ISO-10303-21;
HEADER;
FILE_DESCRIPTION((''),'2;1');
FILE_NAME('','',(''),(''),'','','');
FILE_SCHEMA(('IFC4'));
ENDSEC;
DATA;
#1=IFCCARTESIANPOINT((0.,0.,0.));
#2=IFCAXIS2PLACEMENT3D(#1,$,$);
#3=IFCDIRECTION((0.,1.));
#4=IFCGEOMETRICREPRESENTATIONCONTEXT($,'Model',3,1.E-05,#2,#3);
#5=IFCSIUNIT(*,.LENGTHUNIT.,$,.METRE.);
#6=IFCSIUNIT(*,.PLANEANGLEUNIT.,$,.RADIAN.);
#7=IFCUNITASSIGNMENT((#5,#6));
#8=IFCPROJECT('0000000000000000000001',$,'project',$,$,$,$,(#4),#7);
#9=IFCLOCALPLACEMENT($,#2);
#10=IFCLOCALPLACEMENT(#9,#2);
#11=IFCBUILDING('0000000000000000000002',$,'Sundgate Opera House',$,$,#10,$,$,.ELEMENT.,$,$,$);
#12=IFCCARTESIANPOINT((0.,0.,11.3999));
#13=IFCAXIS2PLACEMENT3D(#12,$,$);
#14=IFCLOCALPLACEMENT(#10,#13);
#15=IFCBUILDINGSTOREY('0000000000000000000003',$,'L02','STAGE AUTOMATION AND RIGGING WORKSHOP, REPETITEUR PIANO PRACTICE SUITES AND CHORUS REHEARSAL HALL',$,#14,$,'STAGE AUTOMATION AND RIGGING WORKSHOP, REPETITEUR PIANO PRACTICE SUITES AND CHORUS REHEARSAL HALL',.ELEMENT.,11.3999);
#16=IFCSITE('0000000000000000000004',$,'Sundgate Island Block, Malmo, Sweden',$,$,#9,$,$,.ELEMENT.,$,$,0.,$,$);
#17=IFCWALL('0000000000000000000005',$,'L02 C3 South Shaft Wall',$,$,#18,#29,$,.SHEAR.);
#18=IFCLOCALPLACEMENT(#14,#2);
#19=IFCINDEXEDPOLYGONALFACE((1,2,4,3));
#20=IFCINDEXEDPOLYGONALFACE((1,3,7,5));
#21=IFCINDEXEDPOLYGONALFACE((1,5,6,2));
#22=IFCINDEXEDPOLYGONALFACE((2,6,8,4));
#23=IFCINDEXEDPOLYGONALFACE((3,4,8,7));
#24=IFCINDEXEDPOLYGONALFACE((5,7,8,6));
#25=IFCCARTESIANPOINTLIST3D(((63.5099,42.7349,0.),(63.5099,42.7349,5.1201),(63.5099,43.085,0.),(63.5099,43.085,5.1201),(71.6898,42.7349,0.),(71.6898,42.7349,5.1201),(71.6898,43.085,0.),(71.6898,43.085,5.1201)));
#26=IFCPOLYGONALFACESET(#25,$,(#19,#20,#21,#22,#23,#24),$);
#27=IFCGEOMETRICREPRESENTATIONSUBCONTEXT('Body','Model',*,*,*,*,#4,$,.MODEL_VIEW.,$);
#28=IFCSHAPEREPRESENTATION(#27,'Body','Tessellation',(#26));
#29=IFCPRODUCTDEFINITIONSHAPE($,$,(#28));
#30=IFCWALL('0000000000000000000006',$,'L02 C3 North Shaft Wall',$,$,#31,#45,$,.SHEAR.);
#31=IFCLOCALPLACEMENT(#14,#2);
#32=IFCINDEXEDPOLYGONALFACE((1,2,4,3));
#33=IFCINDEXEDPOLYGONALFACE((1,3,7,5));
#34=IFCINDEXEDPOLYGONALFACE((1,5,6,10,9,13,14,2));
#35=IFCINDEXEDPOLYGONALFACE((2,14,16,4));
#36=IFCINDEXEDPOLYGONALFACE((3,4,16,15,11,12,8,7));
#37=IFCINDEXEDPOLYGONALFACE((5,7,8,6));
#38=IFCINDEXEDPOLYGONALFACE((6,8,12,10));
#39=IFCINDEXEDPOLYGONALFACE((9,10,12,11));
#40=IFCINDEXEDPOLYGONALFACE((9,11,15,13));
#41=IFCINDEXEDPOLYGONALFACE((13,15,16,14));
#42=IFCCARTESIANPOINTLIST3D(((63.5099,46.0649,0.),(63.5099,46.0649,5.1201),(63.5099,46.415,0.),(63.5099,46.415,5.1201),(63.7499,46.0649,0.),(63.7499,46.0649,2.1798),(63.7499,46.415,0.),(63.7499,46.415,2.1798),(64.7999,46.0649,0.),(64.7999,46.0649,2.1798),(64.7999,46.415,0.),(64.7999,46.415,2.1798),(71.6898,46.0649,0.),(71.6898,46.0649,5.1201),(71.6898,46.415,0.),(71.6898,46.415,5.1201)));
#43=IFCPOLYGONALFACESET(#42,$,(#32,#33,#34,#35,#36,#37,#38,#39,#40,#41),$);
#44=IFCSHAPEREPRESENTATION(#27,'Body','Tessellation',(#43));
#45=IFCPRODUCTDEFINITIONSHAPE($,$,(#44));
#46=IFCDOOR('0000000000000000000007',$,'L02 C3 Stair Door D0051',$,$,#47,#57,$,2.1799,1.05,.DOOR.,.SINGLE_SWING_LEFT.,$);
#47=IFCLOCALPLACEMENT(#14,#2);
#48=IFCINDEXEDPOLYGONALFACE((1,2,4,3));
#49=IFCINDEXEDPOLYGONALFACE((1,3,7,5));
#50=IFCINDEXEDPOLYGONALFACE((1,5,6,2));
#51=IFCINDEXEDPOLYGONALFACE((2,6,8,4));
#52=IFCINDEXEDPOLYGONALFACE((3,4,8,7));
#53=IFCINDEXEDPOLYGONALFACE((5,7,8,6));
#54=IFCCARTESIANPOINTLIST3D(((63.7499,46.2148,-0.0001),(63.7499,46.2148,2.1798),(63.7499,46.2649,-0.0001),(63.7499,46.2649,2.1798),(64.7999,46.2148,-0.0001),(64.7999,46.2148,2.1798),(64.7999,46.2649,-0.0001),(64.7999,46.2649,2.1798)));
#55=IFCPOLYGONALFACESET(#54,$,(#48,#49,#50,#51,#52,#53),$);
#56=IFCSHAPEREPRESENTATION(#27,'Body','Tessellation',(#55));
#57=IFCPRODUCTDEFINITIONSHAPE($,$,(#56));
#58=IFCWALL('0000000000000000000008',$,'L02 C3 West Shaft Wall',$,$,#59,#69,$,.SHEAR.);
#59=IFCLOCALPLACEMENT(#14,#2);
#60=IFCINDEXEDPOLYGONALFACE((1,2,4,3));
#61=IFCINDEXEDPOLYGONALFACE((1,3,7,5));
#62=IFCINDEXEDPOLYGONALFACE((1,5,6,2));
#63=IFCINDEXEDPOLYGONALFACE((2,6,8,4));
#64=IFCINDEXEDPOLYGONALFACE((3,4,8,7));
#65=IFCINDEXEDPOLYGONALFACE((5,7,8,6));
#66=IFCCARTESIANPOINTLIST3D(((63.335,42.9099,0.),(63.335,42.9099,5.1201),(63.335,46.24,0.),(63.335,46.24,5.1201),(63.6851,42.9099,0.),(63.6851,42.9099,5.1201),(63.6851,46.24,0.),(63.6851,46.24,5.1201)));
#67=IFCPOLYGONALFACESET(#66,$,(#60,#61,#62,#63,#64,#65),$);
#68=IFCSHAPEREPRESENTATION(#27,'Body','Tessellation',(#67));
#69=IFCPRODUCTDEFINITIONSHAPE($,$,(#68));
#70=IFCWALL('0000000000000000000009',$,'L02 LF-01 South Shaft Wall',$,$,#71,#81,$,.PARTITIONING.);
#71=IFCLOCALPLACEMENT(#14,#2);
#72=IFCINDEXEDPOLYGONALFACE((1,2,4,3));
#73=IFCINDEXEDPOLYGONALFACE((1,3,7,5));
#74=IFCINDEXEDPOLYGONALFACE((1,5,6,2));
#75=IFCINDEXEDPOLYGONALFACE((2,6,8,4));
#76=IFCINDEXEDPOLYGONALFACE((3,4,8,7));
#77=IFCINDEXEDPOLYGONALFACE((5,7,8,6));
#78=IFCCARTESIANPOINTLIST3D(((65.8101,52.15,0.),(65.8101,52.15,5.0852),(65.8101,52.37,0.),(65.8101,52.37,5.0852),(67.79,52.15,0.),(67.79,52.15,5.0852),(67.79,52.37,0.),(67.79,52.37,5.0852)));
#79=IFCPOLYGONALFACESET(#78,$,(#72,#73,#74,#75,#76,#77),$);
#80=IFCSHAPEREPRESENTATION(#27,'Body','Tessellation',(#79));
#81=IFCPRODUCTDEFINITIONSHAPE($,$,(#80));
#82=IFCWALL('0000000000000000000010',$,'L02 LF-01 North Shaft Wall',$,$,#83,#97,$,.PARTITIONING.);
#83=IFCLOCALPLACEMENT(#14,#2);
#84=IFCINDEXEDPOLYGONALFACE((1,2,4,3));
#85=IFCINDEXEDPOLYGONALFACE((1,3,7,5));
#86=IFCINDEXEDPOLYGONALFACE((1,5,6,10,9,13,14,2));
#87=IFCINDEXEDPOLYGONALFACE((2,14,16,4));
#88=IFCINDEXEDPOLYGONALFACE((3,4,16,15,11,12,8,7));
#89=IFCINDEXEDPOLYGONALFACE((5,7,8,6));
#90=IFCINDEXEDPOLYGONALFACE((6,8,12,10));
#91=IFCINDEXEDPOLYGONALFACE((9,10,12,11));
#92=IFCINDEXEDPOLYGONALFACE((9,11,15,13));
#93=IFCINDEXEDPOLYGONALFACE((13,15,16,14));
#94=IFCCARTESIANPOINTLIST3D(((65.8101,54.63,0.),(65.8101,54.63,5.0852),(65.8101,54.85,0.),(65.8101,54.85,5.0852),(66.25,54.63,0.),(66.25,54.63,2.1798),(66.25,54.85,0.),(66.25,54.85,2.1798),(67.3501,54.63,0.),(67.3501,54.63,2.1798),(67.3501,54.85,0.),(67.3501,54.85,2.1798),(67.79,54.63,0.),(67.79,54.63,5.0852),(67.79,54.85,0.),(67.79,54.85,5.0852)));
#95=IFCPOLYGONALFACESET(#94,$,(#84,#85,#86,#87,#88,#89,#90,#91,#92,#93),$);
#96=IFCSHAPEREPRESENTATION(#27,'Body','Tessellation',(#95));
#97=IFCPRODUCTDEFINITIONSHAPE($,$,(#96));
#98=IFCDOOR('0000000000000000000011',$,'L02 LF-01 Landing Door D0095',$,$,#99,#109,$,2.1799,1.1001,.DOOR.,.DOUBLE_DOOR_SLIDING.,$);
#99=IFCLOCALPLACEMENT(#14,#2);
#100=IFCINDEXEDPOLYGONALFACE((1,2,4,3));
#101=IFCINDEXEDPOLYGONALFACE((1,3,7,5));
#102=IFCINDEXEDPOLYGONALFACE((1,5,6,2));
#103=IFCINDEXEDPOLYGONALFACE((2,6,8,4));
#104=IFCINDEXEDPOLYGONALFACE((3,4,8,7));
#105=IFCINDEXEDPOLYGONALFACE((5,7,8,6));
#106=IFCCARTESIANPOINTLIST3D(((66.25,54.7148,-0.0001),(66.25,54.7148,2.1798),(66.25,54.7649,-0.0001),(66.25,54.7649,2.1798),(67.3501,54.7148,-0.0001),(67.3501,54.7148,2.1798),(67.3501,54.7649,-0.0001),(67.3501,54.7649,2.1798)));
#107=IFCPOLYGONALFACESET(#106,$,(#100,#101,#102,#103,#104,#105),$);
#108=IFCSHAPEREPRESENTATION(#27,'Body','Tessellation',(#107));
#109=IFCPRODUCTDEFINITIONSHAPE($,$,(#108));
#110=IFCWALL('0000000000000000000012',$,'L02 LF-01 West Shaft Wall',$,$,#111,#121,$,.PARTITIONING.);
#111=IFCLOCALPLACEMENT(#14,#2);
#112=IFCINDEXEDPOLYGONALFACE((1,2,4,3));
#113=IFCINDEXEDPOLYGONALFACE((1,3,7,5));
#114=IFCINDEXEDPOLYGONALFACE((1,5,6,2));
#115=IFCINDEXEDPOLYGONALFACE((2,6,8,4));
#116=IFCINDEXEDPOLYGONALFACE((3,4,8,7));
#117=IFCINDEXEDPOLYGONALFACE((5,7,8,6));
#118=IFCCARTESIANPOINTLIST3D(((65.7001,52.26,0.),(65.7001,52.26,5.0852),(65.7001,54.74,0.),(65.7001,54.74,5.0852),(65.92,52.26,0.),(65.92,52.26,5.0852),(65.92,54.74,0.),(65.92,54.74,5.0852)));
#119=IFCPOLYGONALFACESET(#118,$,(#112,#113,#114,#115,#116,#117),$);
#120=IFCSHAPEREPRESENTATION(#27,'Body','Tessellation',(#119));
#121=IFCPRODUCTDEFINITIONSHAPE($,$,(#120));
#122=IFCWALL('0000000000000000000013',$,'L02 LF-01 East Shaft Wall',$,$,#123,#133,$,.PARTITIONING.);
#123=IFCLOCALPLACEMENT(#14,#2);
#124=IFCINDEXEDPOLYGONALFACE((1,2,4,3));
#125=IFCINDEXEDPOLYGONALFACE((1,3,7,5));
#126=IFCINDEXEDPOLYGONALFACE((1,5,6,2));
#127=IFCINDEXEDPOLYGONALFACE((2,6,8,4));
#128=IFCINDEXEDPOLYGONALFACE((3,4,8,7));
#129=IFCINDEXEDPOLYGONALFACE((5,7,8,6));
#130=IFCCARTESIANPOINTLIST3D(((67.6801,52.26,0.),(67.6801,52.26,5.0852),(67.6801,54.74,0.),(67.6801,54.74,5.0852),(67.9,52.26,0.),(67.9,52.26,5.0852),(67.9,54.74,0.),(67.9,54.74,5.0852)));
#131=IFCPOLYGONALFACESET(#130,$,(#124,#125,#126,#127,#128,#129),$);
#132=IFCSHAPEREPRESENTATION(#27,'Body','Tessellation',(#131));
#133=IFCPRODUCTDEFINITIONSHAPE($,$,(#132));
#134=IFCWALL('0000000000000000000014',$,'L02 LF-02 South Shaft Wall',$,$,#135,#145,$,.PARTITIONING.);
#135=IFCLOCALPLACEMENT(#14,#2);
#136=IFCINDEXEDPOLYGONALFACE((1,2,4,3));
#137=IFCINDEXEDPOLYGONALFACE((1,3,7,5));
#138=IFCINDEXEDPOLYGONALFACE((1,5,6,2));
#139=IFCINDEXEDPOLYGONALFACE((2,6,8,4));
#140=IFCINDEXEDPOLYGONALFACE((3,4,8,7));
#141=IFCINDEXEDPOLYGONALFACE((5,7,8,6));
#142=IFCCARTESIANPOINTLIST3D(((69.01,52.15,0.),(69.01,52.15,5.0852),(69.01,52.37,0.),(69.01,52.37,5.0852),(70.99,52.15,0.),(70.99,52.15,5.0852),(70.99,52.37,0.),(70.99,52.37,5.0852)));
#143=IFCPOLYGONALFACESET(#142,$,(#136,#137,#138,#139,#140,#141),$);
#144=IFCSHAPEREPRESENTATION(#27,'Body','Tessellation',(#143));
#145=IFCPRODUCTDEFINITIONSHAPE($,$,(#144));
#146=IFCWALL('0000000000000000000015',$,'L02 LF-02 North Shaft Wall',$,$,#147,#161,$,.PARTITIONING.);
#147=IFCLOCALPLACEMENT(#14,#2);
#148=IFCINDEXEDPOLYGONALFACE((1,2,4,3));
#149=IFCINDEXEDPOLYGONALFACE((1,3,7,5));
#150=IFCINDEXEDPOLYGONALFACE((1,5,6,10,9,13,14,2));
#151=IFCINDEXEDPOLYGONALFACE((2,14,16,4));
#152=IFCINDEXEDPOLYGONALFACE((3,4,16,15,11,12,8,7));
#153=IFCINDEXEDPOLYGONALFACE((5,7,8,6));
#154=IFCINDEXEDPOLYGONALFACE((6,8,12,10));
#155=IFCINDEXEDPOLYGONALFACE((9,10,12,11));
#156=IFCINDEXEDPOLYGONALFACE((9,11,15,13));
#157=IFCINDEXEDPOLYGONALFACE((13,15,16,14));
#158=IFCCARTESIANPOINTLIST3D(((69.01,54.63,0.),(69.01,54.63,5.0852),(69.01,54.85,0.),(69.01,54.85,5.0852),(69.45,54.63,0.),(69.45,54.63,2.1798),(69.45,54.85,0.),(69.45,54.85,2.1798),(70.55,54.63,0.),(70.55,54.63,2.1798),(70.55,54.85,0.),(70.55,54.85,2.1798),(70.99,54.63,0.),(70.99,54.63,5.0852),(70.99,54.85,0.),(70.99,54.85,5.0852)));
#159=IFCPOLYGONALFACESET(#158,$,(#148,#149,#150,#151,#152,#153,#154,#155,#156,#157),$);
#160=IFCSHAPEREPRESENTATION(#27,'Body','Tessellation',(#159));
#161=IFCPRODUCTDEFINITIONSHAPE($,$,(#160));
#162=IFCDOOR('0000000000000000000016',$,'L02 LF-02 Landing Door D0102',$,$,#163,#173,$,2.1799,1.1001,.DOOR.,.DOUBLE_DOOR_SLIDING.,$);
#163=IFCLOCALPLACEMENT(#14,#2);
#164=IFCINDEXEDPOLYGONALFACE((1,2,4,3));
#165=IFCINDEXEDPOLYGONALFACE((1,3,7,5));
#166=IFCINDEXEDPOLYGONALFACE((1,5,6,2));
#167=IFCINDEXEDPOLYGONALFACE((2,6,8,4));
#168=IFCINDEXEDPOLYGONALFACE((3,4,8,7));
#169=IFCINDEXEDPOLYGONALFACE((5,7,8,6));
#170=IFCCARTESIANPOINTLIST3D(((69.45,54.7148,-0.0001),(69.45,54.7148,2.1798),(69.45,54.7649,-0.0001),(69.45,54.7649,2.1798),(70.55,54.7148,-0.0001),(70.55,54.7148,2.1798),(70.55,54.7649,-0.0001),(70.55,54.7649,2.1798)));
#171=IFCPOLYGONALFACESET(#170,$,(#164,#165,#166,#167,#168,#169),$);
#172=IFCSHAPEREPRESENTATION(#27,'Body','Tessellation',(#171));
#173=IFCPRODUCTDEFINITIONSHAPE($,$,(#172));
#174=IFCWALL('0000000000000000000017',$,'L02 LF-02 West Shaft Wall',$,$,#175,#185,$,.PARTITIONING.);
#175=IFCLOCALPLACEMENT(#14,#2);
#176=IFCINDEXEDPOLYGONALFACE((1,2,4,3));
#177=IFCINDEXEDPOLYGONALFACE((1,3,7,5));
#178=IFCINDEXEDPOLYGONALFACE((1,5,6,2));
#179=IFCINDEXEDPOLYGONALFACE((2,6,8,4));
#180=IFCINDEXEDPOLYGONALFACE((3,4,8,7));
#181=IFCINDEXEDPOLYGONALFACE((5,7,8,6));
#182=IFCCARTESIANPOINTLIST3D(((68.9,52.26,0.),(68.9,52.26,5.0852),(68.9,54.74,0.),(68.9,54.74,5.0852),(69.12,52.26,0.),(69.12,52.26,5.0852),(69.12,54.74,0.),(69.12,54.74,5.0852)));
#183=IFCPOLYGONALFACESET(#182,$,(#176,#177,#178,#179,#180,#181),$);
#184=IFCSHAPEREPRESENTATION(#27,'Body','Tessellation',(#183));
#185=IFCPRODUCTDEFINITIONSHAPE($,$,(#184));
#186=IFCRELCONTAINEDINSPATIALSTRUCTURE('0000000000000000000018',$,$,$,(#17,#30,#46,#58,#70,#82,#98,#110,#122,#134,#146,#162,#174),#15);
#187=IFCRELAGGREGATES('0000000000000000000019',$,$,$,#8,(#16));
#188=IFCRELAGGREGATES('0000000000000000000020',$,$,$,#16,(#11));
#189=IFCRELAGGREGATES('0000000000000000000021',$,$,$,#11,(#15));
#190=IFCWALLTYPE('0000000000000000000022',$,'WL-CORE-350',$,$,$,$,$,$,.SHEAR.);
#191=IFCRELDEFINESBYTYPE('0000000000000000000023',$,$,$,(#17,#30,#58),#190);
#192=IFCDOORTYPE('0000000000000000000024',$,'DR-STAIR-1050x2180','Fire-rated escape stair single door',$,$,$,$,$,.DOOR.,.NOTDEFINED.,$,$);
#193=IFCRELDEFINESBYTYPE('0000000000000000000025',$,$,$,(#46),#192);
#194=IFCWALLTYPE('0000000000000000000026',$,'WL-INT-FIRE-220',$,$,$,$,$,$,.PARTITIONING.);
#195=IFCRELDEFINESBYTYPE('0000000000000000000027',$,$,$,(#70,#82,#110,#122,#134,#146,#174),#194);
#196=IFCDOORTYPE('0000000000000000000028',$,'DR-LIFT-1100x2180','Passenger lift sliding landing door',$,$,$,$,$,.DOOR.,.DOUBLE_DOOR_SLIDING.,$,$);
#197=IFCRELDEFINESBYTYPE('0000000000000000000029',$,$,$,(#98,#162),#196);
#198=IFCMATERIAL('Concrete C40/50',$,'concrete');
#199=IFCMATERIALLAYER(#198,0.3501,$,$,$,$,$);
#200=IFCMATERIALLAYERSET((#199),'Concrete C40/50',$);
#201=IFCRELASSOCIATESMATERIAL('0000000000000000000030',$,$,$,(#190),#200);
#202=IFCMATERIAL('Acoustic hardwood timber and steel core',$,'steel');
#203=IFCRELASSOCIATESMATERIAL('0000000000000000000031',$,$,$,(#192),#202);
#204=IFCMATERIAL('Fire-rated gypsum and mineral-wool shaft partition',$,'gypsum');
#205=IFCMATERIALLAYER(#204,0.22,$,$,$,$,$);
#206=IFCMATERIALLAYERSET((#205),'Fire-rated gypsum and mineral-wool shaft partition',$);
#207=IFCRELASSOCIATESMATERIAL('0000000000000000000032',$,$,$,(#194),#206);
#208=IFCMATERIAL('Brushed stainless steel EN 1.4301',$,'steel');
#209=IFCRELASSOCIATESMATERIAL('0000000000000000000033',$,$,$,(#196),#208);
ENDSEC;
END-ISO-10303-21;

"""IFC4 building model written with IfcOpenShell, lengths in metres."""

from ifc_helpers import new_model, si_unit, direction, frame, frame_2d, origin, place, context, subcontext, project, spatial, rectangle, extrude, material, layer, layer_set, type_object, element, fill, save


model = new_model("IFC4")

# Units and contexts
model_context = context("Model", 3, precision=1e-05, world=origin(), true_north=direction((0.0, 1.0)))
body_context = subcontext(model_context, "Body", "Model", "MODEL_VIEW")
ifc_project = project(units=[si_unit("LENGTHUNIT", "METRE"), si_unit("PLANEANGLEUNIT", "RADIAN")], contexts=[model_context])

# Site, building, storey
site_placement = place(None, origin())
site = spatial("IfcSite", under=ifc_project, at=site_placement, Name="Sundgate Island Block, Malmo, Sweden", CompositionType="ELEMENT", RefElevation=0.0)
building_placement = place(site_placement, origin())
building = spatial("IfcBuilding", under=site, at=building_placement, Name="Sundgate Opera House", CompositionType="ELEMENT")
storey_placement = place(building_placement, frame((0.0, 0.0, 11.3999)))
storey = spatial("IfcBuildingStorey", under=building, at=storey_placement, Name="L02", Description="STAGE AUTOMATION AND RIGGING WORKSHOP, REPETITEUR PIANO PRACTICE SUITES AND CHORUS REHEARSAL HALL", LongName="STAGE AUTOMATION AND RIGGING WORKSHOP, REPETITEUR PIANO PRACTICE SUITES AND CHORUS REHEARSAL HALL", CompositionType="ELEMENT", Elevation=11.3999)

# Wall
ifc_material_1 = material(Name="Concrete C40/50", Category="concrete")
ifc_layer_1 = layer(ifc_material_1, 0.3501)
ifc_layer_set_1 = layer_set([ifc_layer_1], Name="Concrete C40/50")
wall_type_1 = type_object("IfcWallType", Name="WL-CORE-350", PredefinedType="SHEAR", material=ifc_layer_set_1)
wall_1_placement = place(storey_placement, frame((63.51, 42.9099, 0.0), z_axis=(0.0, 0.0, 1.0), x_axis=(1.0, 0.0, 0.0)))
element("IfcWall", 1, at=wall_1_placement, inside=storey, type_object=wall_type_1, Name="L02 C3 South Shaft Wall", PredefinedType="SHEAR", context=body_context, shape_type="SweptSolid", body=[
    extrude(rectangle(XDim=8.1799, YDim=0.3501, at=frame_2d((4.0898, 0.0))), origin(), (0.0, 0.0, 1.0), 5.1201),
])

# Wall, opening, door
wall_2_placement = place(storey_placement, frame((63.51, 46.24, 0.0), z_axis=(0.0, 0.0, 1.0), x_axis=(1.0, 0.0, 0.0)))
wall_2 = element("IfcWall", 2, at=wall_2_placement, inside=storey, type_object=wall_type_1, Name="L02 C3 North Shaft Wall", PredefinedType="SHEAR", context=body_context, shape_type="SweptSolid", body=[
    extrude(rectangle(XDim=8.1799, YDim=0.3501, at=frame_2d((4.0898, 0.0))), origin(), (0.0, 0.0, 1.0), 5.1201),
])
opening_1_placement = place(wall_2_placement, frame((0.24, 0.0, 0.0)))
opening_1 = element("IfcOpeningElement", 3, at=opening_1_placement, cuts=wall_2, PredefinedType="OPENING", context=body_context, shape_type="SweptSolid", body=[
    extrude(rectangle(XDim=1.05, YDim=2.1799, at=frame_2d((0.5249, 1.0898))), frame((0.0, 0.1851, 0.0), z_axis=(0.0, -1.0, 0.0), x_axis=(1.0, 0.0, 0.0)), (0.0, 0.0, 1.0), 0.3701),
])
ifc_material_2 = material(Name="Acoustic hardwood timber and steel core", Category="steel")
door_type_1 = type_object("IfcDoorType", Name="DR-STAIR-1050x2180", Description="Fire-rated escape stair single door", OperationType="NOTDEFINED", PredefinedType="DOOR", material=ifc_material_2)
door_1_placement = place(opening_1_placement, origin())
door_1 = element("IfcDoor", 4, at=door_1_placement, inside=storey, type_object=door_type_1, Name="L02 C3 Stair Door D0051", OperationType="SINGLE_SWING_LEFT", OverallHeight=2.1799, OverallWidth=1.05, PredefinedType="DOOR", context=body_context, shape_type="SweptSolid", body=[
    extrude(rectangle(XDim=1.05, YDim=2.1799, at=frame_2d((0.5249, 1.0898))), frame((0.0, 0.0249, 0.0), z_axis=(0.0, -1.0, 0.0), x_axis=(1.0, 0.0, 0.0)), (0.0, 0.0, 1.0), 0.05),
])
fill(opening_1, door_1)

# Walls
wall_3_placement = place(storey_placement, frame((63.51, 42.9099, 0.0), z_axis=(0.0, 0.0, 1.0), x_axis=(0.0, 1.0, 0.0)))
element("IfcWall", 5, at=wall_3_placement, inside=storey, type_object=wall_type_1, Name="L02 C3 West Shaft Wall", PredefinedType="SHEAR", context=body_context, shape_type="SweptSolid", body=[
    extrude(rectangle(XDim=3.3301, YDim=0.3501, at=frame_2d((1.665, 0.0))), origin(), (0.0, 0.0, 1.0), 5.1201),
])
ifc_material_3 = material(Name="Fire-rated gypsum and mineral-wool shaft partition", Category="gypsum")
ifc_layer_2 = layer(ifc_material_3, 0.22)
ifc_layer_set_2 = layer_set([ifc_layer_2], Name="Fire-rated gypsum and mineral-wool shaft partition")
wall_type_2 = type_object("IfcWallType", Name="WL-INT-FIRE-220", PredefinedType="PARTITIONING", material=ifc_layer_set_2)
wall_4_placement = place(storey_placement, frame((65.8101, 52.26, 0.0), z_axis=(0.0, 0.0, 1.0), x_axis=(1.0, 0.0, 0.0)))
element("IfcWall", 6, at=wall_4_placement, inside=storey, type_object=wall_type_2, Name="L02 LF-01 South Shaft Wall", PredefinedType="PARTITIONING", context=body_context, shape_type="SweptSolid", body=[
    extrude(rectangle(XDim=1.98, YDim=0.22, at=frame_2d((0.99, 0.0))), origin(), (0.0, 0.0, 1.0), 5.0852),
])

# Wall, opening, door
wall_5_placement = place(storey_placement, frame((65.8101, 54.74, 0.0), z_axis=(0.0, 0.0, 1.0), x_axis=(1.0, 0.0, 0.0)))
wall_5 = element("IfcWall", 7, at=wall_5_placement, inside=storey, type_object=wall_type_2, Name="L02 LF-01 North Shaft Wall", PredefinedType="PARTITIONING", context=body_context, shape_type="SweptSolid", body=[
    extrude(rectangle(XDim=1.98, YDim=0.22, at=frame_2d((0.99, 0.0))), origin(), (0.0, 0.0, 1.0), 5.0852),
])
opening_2_placement = place(wall_5_placement, frame((0.4399, 0.0, 0.0)))
opening_2 = element("IfcOpeningElement", 8, at=opening_2_placement, cuts=wall_5, PredefinedType="OPENING", context=body_context, shape_type="SweptSolid", body=[
    extrude(rectangle(XDim=1.1001, YDim=2.1799, at=frame_2d((0.55, 1.0898))), frame((0.0, 0.1199, 0.0), z_axis=(0.0, -1.0, 0.0), x_axis=(1.0, 0.0, 0.0)), (0.0, 0.0, 1.0), 0.24),
])
ifc_material_4 = material(Name="Brushed stainless steel EN 1.4301", Category="steel")
door_type_2 = type_object("IfcDoorType", Name="DR-LIFT-1100x2180", Description="Passenger lift sliding landing door", OperationType="DOUBLE_DOOR_SLIDING", PredefinedType="DOOR", material=ifc_material_4)
door_2_placement = place(opening_2_placement, origin())
door_2 = element("IfcDoor", 9, at=door_2_placement, inside=storey, type_object=door_type_2, Name="L02 LF-01 Landing Door D0095", OperationType="DOUBLE_DOOR_SLIDING", OverallHeight=2.1799, OverallWidth=1.1001, PredefinedType="DOOR", context=body_context, shape_type="SweptSolid", body=[
    extrude(rectangle(XDim=1.1001, YDim=2.1799, at=frame_2d((0.55, 1.0898))), frame((0.0, 0.0249, 0.0), z_axis=(0.0, -1.0, 0.0), x_axis=(1.0, 0.0, 0.0)), (0.0, 0.0, 1.0), 0.05),
])
fill(opening_2, door_2)

# Walls
for number, where, z_axis, x_axis, name in (
    (10, (65.8101, 52.26, 0.0), (0.0, 0.0, 1.0), (0.0, 1.0, 0.0), "L02 LF-01 West Shaft Wall"),
    (11, (67.79, 52.26, 0.0), (0.0, 0.0, 1.0), (0.0, 1.0, 0.0), "L02 LF-01 East Shaft Wall"),
):
    element("IfcWall", number, at=place(storey_placement, frame(where, z_axis=z_axis, x_axis=x_axis)), inside=storey, type_object=wall_type_2, Name=name, PredefinedType="PARTITIONING", context=body_context, shape_type="SweptSolid", body=[
        extrude(rectangle(XDim=2.48, YDim=0.22, at=frame_2d((1.24, 0.0))), origin(), (0.0, 0.0, 1.0), 5.0852),
    ])
wall_6_placement = place(storey_placement, frame((69.01, 52.26, 0.0), z_axis=(0.0, 0.0, 1.0), x_axis=(1.0, 0.0, 0.0)))
element("IfcWall", 12, at=wall_6_placement, inside=storey, type_object=wall_type_2, Name="L02 LF-02 South Shaft Wall", PredefinedType="PARTITIONING", context=body_context, shape_type="SweptSolid", body=[
    extrude(rectangle(XDim=1.98, YDim=0.22, at=frame_2d((0.99, 0.0))), origin(), (0.0, 0.0, 1.0), 5.0852),
])

# Wall, opening, door
wall_7_placement = place(storey_placement, frame((69.01, 54.74, 0.0), z_axis=(0.0, 0.0, 1.0), x_axis=(1.0, 0.0, 0.0)))
wall_7 = element("IfcWall", 13, at=wall_7_placement, inside=storey, type_object=wall_type_2, Name="L02 LF-02 North Shaft Wall", PredefinedType="PARTITIONING", context=body_context, shape_type="SweptSolid", body=[
    extrude(rectangle(XDim=1.98, YDim=0.22, at=frame_2d((0.99, 0.0))), origin(), (0.0, 0.0, 1.0), 5.0852),
])
opening_3_placement = place(wall_7_placement, frame((0.4399, 0.0, 0.0)))
opening_3 = element("IfcOpeningElement", 14, at=opening_3_placement, cuts=wall_7, PredefinedType="OPENING", context=body_context, shape_type="SweptSolid", body=[
    extrude(rectangle(XDim=1.1001, YDim=2.1799, at=frame_2d((0.55, 1.0898))), frame((0.0, 0.1199, 0.0), z_axis=(0.0, -1.0, 0.0), x_axis=(1.0, 0.0, 0.0)), (0.0, 0.0, 1.0), 0.24),
])
door_3_placement = place(opening_3_placement, origin())
door_3 = element("IfcDoor", 15, at=door_3_placement, inside=storey, type_object=door_type_2, Name="L02 LF-02 Landing Door D0102", OperationType="DOUBLE_DOOR_SLIDING", OverallHeight=2.1799, OverallWidth=1.1001, PredefinedType="DOOR", context=body_context, shape_type="SweptSolid", body=[
    extrude(rectangle(XDim=1.1001, YDim=2.1799, at=frame_2d((0.55, 1.0898))), frame((0.0, 0.0249, 0.0), z_axis=(0.0, -1.0, 0.0), x_axis=(1.0, 0.0, 0.0)), (0.0, 0.0, 1.0), 0.05),
])
fill(opening_3, door_3)

# Wall
wall_8_placement = place(storey_placement, frame((69.01, 52.26, 0.0), z_axis=(0.0, 0.0, 1.0), x_axis=(0.0, 1.0, 0.0)))
element("IfcWall", 16, at=wall_8_placement, inside=storey, type_object=wall_type_2, Name="L02 LF-02 West Shaft Wall", PredefinedType="PARTITIONING", context=body_context, shape_type="SweptSolid", body=[
    extrude(rectangle(XDim=2.48, YDim=0.22, at=frame_2d((1.24, 0.0))), origin(), (0.0, 0.0, 1.0), 5.0852),
])

save(model, "model.ifc")
